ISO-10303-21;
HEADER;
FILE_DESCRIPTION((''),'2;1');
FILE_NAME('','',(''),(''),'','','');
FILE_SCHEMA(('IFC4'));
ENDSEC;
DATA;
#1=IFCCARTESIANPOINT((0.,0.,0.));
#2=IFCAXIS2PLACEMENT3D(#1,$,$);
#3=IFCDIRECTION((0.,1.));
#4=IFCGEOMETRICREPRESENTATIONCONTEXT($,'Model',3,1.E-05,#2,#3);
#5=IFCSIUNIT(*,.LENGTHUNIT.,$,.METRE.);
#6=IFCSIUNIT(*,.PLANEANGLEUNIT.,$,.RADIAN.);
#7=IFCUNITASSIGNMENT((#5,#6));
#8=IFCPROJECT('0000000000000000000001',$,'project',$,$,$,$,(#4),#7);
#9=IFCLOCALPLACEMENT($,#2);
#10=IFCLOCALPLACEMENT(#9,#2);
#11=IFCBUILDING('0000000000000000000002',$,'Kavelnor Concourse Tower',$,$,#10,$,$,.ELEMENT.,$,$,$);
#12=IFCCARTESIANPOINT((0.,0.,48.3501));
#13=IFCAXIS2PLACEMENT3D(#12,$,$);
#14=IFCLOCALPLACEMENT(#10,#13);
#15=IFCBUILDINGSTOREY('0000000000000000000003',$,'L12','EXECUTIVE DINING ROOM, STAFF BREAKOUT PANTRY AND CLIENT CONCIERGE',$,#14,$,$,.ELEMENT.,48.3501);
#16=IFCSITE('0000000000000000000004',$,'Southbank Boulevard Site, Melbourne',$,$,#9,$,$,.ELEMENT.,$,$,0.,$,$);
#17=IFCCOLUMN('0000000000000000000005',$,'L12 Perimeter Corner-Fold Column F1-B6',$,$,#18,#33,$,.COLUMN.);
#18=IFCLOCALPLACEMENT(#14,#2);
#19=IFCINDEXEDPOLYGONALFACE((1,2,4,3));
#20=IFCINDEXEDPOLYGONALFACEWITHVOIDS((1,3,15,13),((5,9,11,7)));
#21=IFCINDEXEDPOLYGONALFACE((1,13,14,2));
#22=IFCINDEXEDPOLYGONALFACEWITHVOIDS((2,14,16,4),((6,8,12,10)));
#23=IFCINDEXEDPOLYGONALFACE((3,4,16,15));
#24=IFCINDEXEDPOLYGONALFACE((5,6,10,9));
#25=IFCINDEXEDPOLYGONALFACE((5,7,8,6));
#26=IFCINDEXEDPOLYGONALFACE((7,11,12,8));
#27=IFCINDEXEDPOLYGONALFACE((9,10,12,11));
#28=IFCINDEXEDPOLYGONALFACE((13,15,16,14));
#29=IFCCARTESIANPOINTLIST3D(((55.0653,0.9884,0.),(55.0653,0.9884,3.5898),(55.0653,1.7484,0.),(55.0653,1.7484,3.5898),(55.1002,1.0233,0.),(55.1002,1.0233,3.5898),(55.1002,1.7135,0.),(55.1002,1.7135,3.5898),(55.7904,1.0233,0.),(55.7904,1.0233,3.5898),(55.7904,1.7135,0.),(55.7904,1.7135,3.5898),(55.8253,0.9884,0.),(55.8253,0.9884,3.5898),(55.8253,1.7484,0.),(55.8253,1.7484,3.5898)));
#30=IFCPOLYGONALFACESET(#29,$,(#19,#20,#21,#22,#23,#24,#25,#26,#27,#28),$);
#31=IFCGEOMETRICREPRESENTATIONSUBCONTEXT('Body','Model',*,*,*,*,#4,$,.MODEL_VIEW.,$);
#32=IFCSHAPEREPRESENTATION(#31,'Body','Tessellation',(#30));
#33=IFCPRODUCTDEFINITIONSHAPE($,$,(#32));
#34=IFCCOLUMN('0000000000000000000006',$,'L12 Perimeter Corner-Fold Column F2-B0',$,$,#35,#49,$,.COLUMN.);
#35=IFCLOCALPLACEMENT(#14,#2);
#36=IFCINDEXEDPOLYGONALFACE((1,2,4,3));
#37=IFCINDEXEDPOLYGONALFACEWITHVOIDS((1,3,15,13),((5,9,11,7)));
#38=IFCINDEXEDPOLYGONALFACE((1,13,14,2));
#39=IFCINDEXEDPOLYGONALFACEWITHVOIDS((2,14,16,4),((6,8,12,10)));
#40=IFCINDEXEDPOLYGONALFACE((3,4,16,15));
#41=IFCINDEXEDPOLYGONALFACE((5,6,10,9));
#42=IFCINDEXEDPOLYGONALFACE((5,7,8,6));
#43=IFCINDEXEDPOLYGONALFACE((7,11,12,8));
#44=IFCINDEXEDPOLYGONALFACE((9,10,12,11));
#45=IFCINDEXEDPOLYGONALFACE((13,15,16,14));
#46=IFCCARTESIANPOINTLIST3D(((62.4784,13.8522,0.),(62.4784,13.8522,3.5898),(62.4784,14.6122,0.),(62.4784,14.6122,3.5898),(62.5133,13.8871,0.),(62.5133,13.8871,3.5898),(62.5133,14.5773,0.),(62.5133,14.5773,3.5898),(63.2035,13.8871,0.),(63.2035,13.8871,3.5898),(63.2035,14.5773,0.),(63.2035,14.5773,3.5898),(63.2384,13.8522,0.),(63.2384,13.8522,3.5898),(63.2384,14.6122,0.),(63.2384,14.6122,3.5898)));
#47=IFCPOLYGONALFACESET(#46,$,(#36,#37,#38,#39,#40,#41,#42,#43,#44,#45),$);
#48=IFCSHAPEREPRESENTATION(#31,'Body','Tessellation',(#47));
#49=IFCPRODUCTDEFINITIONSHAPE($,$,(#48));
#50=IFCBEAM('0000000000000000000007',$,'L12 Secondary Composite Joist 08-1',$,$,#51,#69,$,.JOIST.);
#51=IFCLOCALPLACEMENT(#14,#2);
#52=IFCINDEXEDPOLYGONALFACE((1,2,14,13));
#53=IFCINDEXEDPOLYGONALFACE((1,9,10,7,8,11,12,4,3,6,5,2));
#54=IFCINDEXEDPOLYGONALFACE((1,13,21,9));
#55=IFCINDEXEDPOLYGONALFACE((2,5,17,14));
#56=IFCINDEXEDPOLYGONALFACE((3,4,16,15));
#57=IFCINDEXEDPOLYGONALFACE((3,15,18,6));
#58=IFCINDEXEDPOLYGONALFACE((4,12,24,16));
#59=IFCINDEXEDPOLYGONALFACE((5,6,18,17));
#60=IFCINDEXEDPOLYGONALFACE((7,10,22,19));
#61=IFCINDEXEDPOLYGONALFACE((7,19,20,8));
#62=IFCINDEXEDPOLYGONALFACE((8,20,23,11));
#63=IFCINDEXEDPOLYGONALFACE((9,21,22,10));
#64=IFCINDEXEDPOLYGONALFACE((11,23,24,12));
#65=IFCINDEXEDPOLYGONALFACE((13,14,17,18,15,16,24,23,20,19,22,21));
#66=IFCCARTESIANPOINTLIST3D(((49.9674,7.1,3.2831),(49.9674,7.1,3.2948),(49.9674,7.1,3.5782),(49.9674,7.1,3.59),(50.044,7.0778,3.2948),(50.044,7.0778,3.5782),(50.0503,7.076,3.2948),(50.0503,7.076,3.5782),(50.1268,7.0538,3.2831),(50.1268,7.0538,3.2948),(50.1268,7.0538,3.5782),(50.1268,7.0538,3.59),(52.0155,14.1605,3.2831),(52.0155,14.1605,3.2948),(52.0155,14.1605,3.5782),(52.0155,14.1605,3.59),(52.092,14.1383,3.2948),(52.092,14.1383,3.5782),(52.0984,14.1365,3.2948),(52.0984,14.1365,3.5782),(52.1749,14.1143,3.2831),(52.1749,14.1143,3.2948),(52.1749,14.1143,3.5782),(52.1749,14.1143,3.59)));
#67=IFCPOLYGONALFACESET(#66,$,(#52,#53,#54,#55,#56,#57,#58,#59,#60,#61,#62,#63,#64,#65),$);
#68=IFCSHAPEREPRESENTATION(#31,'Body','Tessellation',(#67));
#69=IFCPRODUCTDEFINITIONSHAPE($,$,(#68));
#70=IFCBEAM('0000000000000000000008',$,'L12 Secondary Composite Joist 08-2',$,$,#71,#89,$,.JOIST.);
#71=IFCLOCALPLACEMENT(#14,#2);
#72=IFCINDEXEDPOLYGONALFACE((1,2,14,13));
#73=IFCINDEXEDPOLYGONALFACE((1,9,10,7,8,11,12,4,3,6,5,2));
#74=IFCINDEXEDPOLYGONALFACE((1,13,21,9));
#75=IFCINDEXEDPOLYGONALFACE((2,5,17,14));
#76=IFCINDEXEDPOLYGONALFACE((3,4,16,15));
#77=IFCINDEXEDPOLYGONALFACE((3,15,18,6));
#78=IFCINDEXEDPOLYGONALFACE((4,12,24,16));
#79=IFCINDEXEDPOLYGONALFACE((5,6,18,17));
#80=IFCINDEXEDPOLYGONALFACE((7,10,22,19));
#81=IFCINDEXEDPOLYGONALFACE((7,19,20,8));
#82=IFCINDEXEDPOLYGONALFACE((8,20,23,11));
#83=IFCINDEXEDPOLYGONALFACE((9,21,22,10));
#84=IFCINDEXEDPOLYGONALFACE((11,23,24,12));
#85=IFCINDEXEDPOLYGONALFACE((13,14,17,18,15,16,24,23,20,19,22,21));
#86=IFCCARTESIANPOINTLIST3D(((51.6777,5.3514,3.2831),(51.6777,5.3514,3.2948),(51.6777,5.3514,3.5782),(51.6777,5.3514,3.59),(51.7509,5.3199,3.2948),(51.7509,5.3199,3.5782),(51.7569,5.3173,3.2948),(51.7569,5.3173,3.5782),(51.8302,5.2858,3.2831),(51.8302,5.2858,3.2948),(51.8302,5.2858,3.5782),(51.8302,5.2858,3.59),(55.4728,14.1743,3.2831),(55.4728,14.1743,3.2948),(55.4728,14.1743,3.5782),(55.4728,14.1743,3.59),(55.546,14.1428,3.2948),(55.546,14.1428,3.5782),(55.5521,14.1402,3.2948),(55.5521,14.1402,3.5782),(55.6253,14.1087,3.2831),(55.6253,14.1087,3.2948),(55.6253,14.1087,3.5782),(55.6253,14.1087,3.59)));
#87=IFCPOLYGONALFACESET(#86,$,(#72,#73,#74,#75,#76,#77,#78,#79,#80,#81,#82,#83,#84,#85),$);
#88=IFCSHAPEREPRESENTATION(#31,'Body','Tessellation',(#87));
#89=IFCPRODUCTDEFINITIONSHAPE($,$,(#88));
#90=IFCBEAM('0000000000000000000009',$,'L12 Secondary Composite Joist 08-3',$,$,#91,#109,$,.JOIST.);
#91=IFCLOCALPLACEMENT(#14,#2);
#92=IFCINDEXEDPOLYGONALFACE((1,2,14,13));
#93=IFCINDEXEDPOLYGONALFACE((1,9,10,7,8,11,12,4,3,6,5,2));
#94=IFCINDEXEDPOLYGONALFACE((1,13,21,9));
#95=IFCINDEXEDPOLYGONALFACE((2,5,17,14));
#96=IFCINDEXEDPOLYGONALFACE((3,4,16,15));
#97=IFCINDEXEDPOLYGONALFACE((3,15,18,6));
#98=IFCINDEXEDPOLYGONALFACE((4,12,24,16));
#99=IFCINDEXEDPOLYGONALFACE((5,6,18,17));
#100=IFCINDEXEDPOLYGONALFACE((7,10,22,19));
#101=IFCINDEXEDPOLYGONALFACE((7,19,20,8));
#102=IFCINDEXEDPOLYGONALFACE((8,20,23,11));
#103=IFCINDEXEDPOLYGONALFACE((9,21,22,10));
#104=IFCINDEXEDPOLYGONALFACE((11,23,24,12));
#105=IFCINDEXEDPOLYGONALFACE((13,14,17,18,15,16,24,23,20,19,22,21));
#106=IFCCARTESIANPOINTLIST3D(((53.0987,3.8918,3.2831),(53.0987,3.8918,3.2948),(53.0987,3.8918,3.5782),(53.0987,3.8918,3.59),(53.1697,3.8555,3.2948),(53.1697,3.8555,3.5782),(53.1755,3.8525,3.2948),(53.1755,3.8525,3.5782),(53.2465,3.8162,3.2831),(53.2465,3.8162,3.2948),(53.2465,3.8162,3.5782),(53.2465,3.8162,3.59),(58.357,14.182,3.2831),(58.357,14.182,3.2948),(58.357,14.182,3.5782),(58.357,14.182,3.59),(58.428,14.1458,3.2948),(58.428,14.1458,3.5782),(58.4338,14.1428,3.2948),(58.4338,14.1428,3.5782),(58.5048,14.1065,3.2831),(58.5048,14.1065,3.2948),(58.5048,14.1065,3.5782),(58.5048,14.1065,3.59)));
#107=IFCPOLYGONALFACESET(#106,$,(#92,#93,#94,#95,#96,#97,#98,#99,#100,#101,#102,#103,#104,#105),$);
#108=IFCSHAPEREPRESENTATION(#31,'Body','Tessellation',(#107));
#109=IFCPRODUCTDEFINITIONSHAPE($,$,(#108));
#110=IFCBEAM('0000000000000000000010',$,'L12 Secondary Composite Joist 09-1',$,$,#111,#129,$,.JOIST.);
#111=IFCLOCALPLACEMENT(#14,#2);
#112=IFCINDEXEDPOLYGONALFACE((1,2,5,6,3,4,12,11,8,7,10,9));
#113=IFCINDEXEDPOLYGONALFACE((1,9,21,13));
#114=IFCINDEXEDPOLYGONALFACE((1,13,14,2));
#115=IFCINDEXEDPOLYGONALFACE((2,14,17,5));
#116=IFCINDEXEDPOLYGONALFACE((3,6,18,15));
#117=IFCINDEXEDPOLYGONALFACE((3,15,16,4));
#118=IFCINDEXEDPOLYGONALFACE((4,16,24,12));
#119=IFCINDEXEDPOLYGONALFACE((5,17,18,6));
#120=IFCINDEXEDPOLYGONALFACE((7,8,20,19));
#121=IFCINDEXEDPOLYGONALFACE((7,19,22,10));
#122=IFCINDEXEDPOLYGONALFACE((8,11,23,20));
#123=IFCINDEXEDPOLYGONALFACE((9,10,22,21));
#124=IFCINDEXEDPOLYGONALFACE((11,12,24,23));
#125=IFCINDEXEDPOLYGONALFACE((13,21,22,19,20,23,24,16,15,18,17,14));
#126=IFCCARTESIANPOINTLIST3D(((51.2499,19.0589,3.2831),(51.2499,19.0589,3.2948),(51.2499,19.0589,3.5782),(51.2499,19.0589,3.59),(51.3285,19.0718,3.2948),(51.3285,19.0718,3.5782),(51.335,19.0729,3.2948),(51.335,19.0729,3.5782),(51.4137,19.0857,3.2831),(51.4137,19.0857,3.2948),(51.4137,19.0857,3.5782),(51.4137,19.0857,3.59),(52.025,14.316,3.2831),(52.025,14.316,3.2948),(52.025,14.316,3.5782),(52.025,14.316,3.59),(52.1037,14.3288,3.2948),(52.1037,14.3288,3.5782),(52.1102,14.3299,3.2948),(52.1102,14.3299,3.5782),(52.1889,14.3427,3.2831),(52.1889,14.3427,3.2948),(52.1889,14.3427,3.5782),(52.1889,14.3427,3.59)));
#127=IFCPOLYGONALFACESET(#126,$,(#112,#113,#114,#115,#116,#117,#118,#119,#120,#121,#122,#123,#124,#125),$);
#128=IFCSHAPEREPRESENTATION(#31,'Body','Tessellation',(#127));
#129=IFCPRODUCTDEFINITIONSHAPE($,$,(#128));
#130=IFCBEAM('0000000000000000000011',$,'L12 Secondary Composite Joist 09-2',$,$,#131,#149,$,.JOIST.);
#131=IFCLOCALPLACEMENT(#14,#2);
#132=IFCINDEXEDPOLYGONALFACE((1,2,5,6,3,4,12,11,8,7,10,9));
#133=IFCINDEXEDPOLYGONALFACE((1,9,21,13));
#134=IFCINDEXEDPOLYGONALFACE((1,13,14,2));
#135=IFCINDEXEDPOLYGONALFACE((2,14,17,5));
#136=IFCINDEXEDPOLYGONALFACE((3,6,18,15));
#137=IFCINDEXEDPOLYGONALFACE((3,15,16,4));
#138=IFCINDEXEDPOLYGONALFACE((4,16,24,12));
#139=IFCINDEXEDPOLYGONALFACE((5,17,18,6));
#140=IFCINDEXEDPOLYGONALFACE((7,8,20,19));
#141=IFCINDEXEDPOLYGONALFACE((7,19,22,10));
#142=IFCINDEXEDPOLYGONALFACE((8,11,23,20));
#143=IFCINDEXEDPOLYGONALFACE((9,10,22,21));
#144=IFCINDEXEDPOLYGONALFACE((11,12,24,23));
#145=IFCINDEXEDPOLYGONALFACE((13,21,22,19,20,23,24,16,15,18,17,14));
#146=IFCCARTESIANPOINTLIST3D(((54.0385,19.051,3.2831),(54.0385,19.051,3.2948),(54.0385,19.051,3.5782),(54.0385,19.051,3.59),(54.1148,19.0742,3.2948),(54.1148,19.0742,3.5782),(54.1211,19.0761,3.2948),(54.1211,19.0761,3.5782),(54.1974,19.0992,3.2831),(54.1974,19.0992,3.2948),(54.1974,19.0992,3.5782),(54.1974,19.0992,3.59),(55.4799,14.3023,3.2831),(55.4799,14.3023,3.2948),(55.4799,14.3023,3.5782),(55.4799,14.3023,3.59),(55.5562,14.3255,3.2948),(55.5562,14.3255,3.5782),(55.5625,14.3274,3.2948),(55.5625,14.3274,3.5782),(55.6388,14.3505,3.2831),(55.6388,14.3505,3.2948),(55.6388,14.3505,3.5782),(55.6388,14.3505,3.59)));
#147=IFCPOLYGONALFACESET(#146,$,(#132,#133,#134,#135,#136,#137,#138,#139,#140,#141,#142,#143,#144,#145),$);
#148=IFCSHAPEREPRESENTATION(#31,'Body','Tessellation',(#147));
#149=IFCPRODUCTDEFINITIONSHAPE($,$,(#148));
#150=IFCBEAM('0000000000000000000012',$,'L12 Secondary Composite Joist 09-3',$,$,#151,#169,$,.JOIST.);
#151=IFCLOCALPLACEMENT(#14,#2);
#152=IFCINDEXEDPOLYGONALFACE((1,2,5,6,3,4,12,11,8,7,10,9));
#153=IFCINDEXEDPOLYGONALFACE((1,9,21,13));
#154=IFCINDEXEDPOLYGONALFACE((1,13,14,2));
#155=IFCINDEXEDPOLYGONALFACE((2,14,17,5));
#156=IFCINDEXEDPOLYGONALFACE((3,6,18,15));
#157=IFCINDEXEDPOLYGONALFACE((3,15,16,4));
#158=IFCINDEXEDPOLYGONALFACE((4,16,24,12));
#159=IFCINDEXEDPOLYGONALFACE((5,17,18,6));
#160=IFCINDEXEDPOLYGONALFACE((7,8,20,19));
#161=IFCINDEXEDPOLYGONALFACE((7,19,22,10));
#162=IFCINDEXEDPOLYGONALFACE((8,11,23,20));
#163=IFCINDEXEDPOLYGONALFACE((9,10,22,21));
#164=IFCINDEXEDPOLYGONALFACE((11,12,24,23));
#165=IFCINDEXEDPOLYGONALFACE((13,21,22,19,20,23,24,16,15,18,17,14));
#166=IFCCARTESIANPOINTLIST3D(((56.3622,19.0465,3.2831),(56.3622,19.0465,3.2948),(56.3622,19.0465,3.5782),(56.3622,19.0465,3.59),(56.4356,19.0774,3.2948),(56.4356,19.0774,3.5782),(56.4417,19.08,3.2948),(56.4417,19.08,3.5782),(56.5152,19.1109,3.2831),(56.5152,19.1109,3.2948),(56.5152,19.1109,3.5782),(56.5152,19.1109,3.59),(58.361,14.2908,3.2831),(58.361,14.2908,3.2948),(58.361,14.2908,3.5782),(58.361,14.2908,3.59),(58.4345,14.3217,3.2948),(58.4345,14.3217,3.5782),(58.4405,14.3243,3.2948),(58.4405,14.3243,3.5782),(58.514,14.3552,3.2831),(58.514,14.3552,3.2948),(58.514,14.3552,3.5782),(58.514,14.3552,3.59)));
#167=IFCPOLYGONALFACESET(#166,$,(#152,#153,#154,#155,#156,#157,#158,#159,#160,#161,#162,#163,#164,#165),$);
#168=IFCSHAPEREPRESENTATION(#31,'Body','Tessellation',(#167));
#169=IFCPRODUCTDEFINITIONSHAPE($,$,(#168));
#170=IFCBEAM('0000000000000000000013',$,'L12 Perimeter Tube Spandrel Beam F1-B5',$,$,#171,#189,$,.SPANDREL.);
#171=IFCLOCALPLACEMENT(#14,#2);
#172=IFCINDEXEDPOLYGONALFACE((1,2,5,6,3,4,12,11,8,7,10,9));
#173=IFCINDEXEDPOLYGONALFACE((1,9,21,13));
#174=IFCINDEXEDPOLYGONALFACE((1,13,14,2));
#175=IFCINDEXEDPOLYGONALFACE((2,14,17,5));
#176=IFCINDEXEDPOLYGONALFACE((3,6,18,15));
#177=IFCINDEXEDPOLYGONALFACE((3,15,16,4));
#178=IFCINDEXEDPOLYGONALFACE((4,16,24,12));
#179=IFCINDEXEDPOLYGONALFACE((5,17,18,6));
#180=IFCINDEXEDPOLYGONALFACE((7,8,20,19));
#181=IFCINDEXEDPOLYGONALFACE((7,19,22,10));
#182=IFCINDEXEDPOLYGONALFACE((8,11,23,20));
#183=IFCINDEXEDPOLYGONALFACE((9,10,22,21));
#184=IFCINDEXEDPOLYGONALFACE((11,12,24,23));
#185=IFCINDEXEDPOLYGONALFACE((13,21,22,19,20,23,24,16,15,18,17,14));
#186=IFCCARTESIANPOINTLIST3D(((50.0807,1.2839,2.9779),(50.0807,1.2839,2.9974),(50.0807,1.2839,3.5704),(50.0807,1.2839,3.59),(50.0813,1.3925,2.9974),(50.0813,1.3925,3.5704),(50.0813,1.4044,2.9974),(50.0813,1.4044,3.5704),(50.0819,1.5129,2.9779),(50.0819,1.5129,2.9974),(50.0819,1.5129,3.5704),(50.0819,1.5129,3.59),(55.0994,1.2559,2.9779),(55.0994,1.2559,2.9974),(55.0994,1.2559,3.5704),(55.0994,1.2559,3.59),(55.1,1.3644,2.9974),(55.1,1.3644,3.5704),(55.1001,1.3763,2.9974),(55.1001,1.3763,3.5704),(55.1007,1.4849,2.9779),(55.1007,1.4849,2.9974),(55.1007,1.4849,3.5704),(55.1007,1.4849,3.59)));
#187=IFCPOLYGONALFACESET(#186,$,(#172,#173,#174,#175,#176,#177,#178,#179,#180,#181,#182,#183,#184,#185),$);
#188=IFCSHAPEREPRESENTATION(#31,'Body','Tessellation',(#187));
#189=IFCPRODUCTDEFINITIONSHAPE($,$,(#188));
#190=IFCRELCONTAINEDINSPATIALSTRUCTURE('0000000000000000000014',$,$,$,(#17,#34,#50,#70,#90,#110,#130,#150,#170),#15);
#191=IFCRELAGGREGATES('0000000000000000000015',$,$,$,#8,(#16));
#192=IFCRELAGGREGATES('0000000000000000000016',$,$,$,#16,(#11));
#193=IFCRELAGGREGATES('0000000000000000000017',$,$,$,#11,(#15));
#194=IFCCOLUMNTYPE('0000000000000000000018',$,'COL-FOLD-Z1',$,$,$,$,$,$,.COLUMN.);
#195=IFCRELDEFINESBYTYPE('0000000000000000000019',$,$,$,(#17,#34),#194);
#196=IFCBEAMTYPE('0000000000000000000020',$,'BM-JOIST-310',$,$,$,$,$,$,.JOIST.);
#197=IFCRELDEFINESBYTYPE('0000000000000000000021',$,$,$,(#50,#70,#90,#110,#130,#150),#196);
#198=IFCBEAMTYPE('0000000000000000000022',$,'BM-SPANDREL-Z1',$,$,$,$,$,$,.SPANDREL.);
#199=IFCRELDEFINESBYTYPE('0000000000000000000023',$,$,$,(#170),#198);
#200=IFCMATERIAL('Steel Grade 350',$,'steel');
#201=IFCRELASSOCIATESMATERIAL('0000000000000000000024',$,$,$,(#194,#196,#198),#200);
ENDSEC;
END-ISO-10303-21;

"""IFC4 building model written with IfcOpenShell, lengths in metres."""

from ifc_helpers import new_model, si_unit, direction, frame, origin, origin_2d, place, context, subcontext, project, spatial, hollow_rectangle, i_section, extrude, material, material_profile, profile_set, type_object, element, save


model = new_model("IFC4")

# Units and contexts
model_context = context("Model", 3, precision=1e-05, world=origin(), true_north=direction((0.0, 1.0)))
body_context = subcontext(model_context, "Body", "Model", "MODEL_VIEW")
ifc_project = project(units=[si_unit("LENGTHUNIT", "METRE"), si_unit("PLANEANGLEUNIT", "RADIAN")], contexts=[model_context])

# Site, building, storey
site_placement = place(None, origin())
site = spatial("IfcSite", under=ifc_project, at=site_placement, Name="Southbank Boulevard Site, Melbourne", CompositionType="ELEMENT", RefElevation=0.0)
building_placement = place(site_placement, origin())
building = spatial("IfcBuilding", under=site, at=building_placement, Name="Kavelnor Concourse Tower", CompositionType="ELEMENT")
storey_placement = place(building_placement, frame((0.0, 0.0, 48.3501)))
storey = spatial("IfcBuildingStorey", under=building, at=storey_placement, Name="L12", Description="EXECUTIVE DINING ROOM, STAFF BREAKOUT PANTRY AND CLIENT CONCIERGE", CompositionType="ELEMENT", Elevation=48.3501)

# Columns
ifc_material_1 = material(Name="Steel Grade 350", Category="steel")
ifc_material_profile_1 = material_profile(ifc_material_1, hollow_rectangle(XDim=0.76, YDim=0.76, WallThickness=0.0349, at=origin_2d()), Name="SHS 760x760x35")
ifc_profile_set_1 = profile_set([ifc_material_profile_1], Name="Steel Grade 350")
column_type = type_object("IfcColumnType", Name="COL-FOLD-Z1", PredefinedType="COLUMN", material=ifc_profile_set_1)
for number, where, z_axis, x_axis, name in (
    (1, (55.4453, 1.3684, 0.0), (0.0, 0.0, 1.0), (1.0, 0.0, 0.0), "L12 Perimeter Corner-Fold Column F1-B6"),
    (2, (62.8584, 14.2322, 0.0), (0.0, 0.0, 1.0), (1.0, 0.0, 0.0), "L12 Perimeter Corner-Fold Column F2-B0"),
):
    element("IfcColumn", number, at=place(storey_placement, frame(where, z_axis=z_axis, x_axis=x_axis)), inside=storey, type_object=column_type, Name=name, PredefinedType="COLUMN", context=body_context, shape_type="SweptSolid", body=[
        extrude(hollow_rectangle(XDim=0.76, YDim=0.76, WallThickness=0.0349, at=origin_2d()), origin(), (0.0, 0.0, 1.0), 3.5898),
    ])

# Beams
ifc_material_profile_2 = material_profile(ifc_material_1, i_section(OverallWidth=0.166, OverallDepth=0.3069, WebThickness=0.0066, FlangeThickness=0.0117, at=origin_2d()), Name="310UB46")
ifc_profile_set_2 = profile_set([ifc_material_profile_2], Name="Steel Grade 350")
beam_type_1 = type_object("IfcBeamType", Name="BM-JOIST-310", PredefinedType="JOIST", material=ifc_profile_set_2)
beam_1_placement = place(storey_placement, frame((50.0471, 7.0769, 3.4365), z_axis=(0.278592, 0.96041, 0.0), x_axis=(-0.96041, 0.278592, 0.0)))
element("IfcBeam", 3, at=beam_1_placement, inside=storey, type_object=beam_type_1, Name="L12 Secondary Composite Joist 08-1", PredefinedType="JOIST", context=body_context, shape_type="SweptSolid", body=[
    extrude(i_section(OverallWidth=0.166, OverallDepth=0.3069, WebThickness=0.0066, FlangeThickness=0.0117, at=origin_2d()), origin(), (0.0, 0.0, 1.0), 7.3516),
])
beam_2_placement = place(storey_placement, frame((51.7539, 5.3186, 3.4365), z_axis=(0.39514, 0.918621, 0.0), x_axis=(-0.918621, 0.39514, 0.0)))
element("IfcBeam", 4, at=beam_2_placement, inside=storey, type_object=beam_type_1, Name="L12 Secondary Composite Joist 08-2", PredefinedType="JOIST", context=body_context, shape_type="SweptSolid", body=[
    extrude(i_section(OverallWidth=0.166, OverallDepth=0.3069, WebThickness=0.0066, FlangeThickness=0.0117, at=origin_2d()), origin(), (0.0, 0.0, 1.0), 9.6045),
])
beam_3_placement = place(storey_placement, frame((53.1726, 3.854, 3.4365), z_axis=(0.45503, 0.890476, 0.0), x_axis=(-0.890476, 0.45503, 0.0)))
element("IfcBeam", 5, at=beam_3_placement, inside=storey, type_object=beam_type_1, Name="L12 Secondary Composite Joist 08-3", PredefinedType="JOIST", context=body_context, shape_type="SweptSolid", body=[
    extrude(i_section(OverallWidth=0.166, OverallDepth=0.3069, WebThickness=0.0066, FlangeThickness=0.0117, at=origin_2d()), origin(), (0.0, 0.0, 1.0), 11.5559),
])
beam_4_placement = place(storey_placement, frame((52.1069, 14.3293, 3.4365), z_axis=(-0.161292, 0.986907, 0.0), x_axis=(-0.986907, -0.161292, 0.0)))
element("IfcBeam", 6, at=beam_4_placement, inside=storey, type_object=beam_type_1, Name="L12 Secondary Composite Joist 09-1", PredefinedType="JOIST", context=body_context, shape_type="SweptSolid", body=[
    extrude(i_section(OverallWidth=0.166, OverallDepth=0.3069, WebThickness=0.0066, FlangeThickness=0.0117, at=origin_2d()), origin(), (0.0, 0.0, 1.0), 4.8059),
])
beam_5_placement = place(storey_placement, frame((55.5593, 14.3264, 3.4365), z_axis=(-0.290447, 0.956891, 0.0), x_axis=(-0.956891, -0.290447, 0.0)))
element("IfcBeam", 7, at=beam_5_placement, inside=storey, type_object=beam_type_1, Name="L12 Secondary Composite Joist 09-2", PredefinedType="JOIST", context=body_context, shape_type="SweptSolid", body=[
    extrude(i_section(OverallWidth=0.166, OverallDepth=0.3069, WebThickness=0.0066, FlangeThickness=0.0117, at=origin_2d()), origin(), (0.0, 0.0, 1.0), 4.9626),
])
beam_6_placement = place(storey_placement, frame((58.4375, 14.323, 3.4365), z_axis=(-0.387467, 0.921884, 0.0), x_axis=(-0.921884, -0.387467, 0.0)))
element("IfcBeam", 8, at=beam_6_placement, inside=storey, type_object=beam_type_1, Name="L12 Secondary Composite Joist 09-3", PredefinedType="JOIST", context=body_context, shape_type="SweptSolid", body=[
    extrude(i_section(OverallWidth=0.166, OverallDepth=0.3069, WebThickness=0.0066, FlangeThickness=0.0117, at=origin_2d()), origin(), (0.0, 0.0, 1.0), 5.1587),
])
ifc_material_profile_3 = material_profile(ifc_material_1, i_section(OverallWidth=0.229, OverallDepth=0.6121, WebThickness=0.012, FlangeThickness=0.0195, at=origin_2d()), Name="610UB125")
ifc_profile_set_3 = profile_set([ifc_material_profile_3], Name="Steel Grade 350")
beam_type_2 = type_object("IfcBeamType", Name="BM-SPANDREL-Z1", PredefinedType="SPANDREL", material=ifc_profile_set_3)
beam_7_placement = place(storey_placement, frame((50.0813, 1.3984, 3.2839), z_axis=(0.999984, -0.005594, 0.0), x_axis=(0.005594, 0.999984, 0.0)))
element("IfcBeam", 9, at=beam_7_placement, inside=storey, type_object=beam_type_2, Name="L12 Perimeter Tube Spandrel Beam F1-B5", PredefinedType="SPANDREL", context=body_context, shape_type="SweptSolid", body=[
    extrude(i_section(OverallWidth=0.229, OverallDepth=0.6121, WebThickness=0.012, FlangeThickness=0.0195, at=origin_2d()), origin(), (0.0, 0.0, 1.0), 5.0188),
])

save(model, "model.ifc")
